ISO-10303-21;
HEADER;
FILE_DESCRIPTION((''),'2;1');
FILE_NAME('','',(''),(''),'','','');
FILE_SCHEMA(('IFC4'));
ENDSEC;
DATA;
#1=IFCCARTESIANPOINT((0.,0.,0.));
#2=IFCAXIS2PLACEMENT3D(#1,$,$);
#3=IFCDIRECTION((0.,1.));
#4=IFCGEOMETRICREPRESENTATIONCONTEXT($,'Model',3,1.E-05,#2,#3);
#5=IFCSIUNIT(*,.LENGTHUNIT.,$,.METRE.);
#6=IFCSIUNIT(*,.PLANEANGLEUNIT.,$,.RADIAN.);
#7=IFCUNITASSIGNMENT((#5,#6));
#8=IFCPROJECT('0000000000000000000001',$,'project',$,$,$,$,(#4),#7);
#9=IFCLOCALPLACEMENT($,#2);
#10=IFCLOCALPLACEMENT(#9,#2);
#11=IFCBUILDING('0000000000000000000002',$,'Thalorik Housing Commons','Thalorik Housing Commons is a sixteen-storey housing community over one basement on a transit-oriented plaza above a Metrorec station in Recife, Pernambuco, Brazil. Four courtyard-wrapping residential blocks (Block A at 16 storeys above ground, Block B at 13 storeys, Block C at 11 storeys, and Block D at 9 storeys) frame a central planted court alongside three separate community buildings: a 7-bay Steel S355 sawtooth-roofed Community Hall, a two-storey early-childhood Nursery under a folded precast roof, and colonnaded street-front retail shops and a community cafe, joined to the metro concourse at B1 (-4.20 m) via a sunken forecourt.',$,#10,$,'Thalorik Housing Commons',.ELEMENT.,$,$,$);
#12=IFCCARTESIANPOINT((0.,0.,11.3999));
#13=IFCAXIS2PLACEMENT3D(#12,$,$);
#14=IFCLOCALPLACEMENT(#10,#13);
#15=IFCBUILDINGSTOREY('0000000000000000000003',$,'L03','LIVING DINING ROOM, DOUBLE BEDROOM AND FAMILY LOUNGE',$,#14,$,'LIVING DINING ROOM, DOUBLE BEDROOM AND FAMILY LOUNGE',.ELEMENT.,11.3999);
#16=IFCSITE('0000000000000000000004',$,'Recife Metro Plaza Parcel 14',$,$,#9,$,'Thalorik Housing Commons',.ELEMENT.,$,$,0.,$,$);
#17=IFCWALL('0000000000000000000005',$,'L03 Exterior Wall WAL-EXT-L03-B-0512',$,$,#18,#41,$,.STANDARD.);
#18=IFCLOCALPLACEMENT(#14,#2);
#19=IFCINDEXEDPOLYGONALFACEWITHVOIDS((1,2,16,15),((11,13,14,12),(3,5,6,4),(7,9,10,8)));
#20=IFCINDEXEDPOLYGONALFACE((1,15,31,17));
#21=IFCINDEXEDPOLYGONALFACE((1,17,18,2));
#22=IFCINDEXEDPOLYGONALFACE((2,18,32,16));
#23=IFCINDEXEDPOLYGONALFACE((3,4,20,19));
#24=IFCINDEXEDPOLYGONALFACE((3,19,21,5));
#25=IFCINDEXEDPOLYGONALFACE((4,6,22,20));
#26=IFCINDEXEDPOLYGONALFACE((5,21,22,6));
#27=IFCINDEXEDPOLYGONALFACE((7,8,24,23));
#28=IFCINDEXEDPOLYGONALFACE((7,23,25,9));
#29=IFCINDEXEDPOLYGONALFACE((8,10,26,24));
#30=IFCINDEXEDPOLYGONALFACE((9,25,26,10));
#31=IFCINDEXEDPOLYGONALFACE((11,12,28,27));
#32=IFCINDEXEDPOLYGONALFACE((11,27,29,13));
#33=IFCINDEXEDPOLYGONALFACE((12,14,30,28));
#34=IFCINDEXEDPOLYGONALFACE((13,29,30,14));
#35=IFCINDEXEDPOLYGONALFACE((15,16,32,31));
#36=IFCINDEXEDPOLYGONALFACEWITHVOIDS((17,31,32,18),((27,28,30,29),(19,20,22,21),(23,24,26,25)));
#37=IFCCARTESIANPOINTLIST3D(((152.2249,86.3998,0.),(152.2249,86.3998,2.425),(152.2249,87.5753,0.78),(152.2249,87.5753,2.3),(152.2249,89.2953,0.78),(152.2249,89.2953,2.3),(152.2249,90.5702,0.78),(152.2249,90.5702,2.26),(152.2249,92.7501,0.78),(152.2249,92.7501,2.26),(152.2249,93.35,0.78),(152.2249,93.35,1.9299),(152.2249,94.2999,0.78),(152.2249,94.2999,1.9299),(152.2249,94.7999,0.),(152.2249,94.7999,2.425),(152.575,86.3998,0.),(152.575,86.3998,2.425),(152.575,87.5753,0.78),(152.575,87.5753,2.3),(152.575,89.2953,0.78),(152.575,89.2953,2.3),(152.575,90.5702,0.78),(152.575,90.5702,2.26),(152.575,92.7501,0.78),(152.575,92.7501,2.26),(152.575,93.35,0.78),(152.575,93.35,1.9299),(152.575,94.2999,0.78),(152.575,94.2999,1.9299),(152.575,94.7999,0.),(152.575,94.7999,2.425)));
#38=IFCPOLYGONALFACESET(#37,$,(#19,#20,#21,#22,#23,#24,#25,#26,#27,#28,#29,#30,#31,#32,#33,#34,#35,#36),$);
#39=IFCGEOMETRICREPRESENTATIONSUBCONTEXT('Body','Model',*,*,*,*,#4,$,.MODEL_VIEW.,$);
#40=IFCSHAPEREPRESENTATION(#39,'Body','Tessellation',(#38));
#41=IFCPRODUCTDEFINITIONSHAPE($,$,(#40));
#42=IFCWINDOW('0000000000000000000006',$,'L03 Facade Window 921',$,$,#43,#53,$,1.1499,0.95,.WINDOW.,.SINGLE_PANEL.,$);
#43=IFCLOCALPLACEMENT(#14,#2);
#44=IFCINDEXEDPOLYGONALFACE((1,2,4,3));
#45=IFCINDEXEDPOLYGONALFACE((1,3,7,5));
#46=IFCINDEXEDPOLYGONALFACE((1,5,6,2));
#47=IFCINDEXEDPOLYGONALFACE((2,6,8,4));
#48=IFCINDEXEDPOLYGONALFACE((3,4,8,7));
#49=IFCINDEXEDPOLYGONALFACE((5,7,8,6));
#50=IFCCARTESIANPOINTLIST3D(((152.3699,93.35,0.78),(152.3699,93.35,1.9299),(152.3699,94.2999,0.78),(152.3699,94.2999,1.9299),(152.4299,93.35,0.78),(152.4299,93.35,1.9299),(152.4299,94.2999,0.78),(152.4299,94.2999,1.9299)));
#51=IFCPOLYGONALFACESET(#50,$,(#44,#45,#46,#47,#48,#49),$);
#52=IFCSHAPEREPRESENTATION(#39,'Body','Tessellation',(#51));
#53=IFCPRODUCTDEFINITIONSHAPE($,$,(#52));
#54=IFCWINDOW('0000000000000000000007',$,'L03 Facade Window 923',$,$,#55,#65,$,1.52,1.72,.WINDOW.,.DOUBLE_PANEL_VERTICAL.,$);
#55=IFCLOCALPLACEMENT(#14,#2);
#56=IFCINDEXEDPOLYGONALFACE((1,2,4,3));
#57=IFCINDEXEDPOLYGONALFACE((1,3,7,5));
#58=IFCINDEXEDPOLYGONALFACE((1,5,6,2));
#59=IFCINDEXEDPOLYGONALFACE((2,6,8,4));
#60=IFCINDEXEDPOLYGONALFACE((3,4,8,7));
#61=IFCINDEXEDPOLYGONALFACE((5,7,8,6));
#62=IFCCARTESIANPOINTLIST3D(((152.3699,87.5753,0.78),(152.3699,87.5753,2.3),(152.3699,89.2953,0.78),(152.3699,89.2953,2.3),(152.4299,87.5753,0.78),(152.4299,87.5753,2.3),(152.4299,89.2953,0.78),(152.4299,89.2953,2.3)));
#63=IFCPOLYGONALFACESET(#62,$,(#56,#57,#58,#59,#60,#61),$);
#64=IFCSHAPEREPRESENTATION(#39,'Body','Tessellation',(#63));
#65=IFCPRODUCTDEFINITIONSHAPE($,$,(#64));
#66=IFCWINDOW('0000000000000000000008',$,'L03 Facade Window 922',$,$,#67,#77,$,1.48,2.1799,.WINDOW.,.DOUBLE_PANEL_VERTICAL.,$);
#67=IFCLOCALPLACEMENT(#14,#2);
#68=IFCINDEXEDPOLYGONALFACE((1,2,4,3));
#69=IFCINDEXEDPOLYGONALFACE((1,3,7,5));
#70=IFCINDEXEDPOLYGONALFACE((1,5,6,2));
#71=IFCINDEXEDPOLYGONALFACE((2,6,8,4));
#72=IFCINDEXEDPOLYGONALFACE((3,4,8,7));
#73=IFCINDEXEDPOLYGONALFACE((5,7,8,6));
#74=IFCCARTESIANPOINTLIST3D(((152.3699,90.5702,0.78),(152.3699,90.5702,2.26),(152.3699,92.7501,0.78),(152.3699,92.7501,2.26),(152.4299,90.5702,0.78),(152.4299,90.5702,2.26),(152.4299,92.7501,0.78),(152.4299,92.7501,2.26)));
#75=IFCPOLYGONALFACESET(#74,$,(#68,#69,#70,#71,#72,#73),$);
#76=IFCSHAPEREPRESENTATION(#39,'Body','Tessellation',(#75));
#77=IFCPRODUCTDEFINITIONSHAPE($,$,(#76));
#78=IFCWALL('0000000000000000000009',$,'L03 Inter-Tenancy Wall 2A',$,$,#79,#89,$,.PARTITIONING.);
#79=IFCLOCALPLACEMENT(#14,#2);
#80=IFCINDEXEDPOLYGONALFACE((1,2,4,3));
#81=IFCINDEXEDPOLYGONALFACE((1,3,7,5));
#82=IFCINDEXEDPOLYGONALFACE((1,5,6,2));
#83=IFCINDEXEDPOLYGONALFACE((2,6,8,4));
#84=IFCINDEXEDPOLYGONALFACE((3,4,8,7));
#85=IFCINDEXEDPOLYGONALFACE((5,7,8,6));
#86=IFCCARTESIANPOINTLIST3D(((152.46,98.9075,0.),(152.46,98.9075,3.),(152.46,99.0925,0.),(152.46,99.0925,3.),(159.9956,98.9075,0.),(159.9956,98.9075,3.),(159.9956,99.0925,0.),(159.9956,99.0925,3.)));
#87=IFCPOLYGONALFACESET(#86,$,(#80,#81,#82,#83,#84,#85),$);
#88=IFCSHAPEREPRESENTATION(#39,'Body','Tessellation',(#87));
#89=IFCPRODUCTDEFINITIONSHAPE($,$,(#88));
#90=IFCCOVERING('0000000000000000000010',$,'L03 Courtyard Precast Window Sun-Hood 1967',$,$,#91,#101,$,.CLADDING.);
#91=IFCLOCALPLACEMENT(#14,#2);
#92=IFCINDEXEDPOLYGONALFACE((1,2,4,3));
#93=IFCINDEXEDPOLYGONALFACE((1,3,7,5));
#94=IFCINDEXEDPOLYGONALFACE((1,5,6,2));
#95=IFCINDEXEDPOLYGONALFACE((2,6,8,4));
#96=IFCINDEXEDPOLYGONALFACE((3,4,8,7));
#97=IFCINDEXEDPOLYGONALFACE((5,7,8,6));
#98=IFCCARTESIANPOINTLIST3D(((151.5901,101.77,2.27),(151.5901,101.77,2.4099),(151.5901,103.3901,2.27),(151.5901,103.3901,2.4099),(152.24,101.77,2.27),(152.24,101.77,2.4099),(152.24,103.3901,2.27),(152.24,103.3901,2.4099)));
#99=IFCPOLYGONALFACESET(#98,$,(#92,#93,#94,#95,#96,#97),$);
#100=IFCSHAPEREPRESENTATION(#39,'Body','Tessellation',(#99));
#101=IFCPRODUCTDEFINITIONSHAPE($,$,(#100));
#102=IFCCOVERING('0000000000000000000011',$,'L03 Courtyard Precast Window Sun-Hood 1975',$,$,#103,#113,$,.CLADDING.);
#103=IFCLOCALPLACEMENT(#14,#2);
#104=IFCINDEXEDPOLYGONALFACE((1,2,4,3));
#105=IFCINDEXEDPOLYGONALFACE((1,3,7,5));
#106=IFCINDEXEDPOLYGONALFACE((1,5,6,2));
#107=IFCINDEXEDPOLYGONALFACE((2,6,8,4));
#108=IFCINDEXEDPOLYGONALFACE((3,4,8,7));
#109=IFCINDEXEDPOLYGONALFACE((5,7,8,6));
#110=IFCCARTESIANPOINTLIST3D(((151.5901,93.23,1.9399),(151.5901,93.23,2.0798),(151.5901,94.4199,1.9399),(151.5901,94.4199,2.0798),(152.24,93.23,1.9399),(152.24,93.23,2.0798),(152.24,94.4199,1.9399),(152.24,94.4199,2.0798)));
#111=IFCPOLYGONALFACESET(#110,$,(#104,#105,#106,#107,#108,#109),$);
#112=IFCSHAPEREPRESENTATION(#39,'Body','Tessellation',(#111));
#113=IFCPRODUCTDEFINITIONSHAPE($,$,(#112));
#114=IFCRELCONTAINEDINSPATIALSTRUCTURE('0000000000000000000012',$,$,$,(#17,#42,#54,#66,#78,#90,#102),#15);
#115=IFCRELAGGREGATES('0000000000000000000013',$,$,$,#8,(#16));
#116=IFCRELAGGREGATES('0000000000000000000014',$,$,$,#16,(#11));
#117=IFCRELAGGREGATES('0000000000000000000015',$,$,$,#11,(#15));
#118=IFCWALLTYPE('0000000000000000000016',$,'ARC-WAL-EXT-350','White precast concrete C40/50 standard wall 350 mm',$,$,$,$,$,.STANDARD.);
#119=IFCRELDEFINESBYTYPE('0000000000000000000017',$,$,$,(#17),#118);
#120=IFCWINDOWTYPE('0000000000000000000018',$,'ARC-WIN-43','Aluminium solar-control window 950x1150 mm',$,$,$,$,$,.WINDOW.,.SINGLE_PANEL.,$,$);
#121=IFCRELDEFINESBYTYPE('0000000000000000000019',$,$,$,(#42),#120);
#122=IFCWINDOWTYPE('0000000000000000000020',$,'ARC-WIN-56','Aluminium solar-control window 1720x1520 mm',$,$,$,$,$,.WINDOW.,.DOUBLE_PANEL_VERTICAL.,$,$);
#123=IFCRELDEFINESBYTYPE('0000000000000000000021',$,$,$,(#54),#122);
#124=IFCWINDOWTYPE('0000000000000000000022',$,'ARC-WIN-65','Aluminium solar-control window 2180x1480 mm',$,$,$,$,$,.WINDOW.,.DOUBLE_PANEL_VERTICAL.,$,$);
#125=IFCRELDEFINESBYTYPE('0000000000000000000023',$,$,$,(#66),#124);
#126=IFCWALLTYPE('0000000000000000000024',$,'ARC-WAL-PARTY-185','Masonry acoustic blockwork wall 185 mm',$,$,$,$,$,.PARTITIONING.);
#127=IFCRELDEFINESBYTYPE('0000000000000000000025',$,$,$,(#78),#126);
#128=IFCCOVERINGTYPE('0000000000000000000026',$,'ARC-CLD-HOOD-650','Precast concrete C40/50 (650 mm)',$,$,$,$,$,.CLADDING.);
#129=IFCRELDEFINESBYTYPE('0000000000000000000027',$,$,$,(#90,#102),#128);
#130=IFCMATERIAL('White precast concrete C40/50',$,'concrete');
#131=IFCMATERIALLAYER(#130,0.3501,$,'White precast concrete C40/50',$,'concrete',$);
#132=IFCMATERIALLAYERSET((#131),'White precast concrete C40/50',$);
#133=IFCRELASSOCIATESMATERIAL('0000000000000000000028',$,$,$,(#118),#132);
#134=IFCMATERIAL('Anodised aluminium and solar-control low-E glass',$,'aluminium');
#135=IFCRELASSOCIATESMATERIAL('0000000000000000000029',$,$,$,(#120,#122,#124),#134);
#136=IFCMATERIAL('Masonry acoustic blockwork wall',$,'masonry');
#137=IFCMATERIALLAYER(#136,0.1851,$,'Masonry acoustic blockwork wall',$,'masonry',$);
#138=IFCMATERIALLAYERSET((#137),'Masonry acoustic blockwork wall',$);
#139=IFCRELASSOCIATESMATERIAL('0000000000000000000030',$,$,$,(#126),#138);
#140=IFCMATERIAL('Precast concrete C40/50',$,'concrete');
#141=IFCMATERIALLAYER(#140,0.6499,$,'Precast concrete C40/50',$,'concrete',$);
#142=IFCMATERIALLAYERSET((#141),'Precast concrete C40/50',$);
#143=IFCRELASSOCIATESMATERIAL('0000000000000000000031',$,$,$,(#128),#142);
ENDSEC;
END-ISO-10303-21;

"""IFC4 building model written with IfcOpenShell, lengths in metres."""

from ifc_helpers import new_model, si_unit, direction, frame, frame_2d, origin, origin_2d, place, context, subcontext, project, spatial, rectangle, extrude, material, layer, layer_set, type_object, element, fill, save


model = new_model("IFC4")

# Units and contexts
model_context = context("Model", 3, precision=1e-05, world=origin(), true_north=direction((0.0, 1.0)))
body_context = subcontext(model_context, "Body", "Model", "MODEL_VIEW")
ifc_project = project(units=[si_unit("LENGTHUNIT", "METRE"), si_unit("PLANEANGLEUNIT", "RADIAN")], contexts=[model_context])

# Site, building, storey
site_placement = place(None, origin())
site = spatial("IfcSite", under=ifc_project, at=site_placement, Name="Recife Metro Plaza Parcel 14", LongName="Thalorik Housing Commons", CompositionType="ELEMENT", RefElevation=0.0)
building_placement = place(site_placement, origin())
building = spatial("IfcBuilding", under=site, at=building_placement, Name="Thalorik Housing Commons", Description="Thalorik Housing Commons is a sixteen-storey housing community over one basement on a transit-oriented plaza above a Metrorec station in Recife, Pernambuco, Brazil. Four courtyard-wrapping residential blocks (Block A at 16 storeys above ground, Block B at 13 storeys, Block C at 11 storeys, and Block D at 9 storeys) frame a central planted court alongside three separate community buildings: a 7-bay Steel S355 sawtooth-roofed Community Hall, a two-storey early-childhood Nursery under a folded precast roof, and colonnaded street-front retail shops and a community cafe, joined to the metro concourse at B1 (-4.20 m) via a sunken forecourt.", LongName="Thalorik Housing Commons", CompositionType="ELEMENT")
storey_placement = place(building_placement, frame((0.0, 0.0, 11.3999)))
storey = spatial("IfcBuildingStorey", under=building, at=storey_placement, Name="L03", Description="LIVING DINING ROOM, DOUBLE BEDROOM AND FAMILY LOUNGE", LongName="LIVING DINING ROOM, DOUBLE BEDROOM AND FAMILY LOUNGE", CompositionType="ELEMENT", Elevation=11.3999)

# Shared definitions
ifc_material_1 = material(Name="Precast concrete C40/50", Category="concrete")

# Shared definitions
ifc_material_2 = material(Name="Anodised aluminium and solar-control low-E glass", Category="aluminium")

# Shared definitions
ifc_material_3 = material(Name="White precast concrete C40/50", Category="concrete")
ifc_layer_1 = layer(ifc_material_3, 0.3501, Name="White precast concrete C40/50", Category="concrete")
ifc_layer_set_1 = layer_set([ifc_layer_1], Name="White precast concrete C40/50")
wall_type_1 = type_object("IfcWallType", Name="ARC-WAL-EXT-350", Description="White precast concrete C40/50 standard wall 350 mm", PredefinedType="STANDARD", material=ifc_layer_set_1)

# Wall, openings, windows
wall_1_placement = place(storey_placement, frame((152.3999, 94.8, 0.0), z_axis=(0.0, 0.0, 1.0), x_axis=(0.0, -1.0, 0.0)))
wall_1 = element("IfcWall", 1, at=wall_1_placement, inside=storey, type_object=wall_type_1, Name="L03 Exterior Wall WAL-EXT-L03-B-0512", PredefinedType="STANDARD", context=body_context, shape_type="SweptSolid", body=[
    extrude(rectangle(XDim=8.4001, YDim=0.3501, at=frame_2d((4.2002, 0.0))), origin(), (0.0, 0.0, 1.0), 2.425),
])
opening_1_placement = place(wall_1_placement, frame((0.5, 0.0, 0.78)))
opening_1 = element("IfcOpeningElement", 2, at=opening_1_placement, cuts=wall_1, PredefinedType="OPENING", context=body_context, shape_type="SweptSolid", body=[
    extrude(rectangle(XDim=0.95, YDim=1.1499, at=frame_2d((0.4751, 0.575))), frame((0.0, 0.1851, 0.0), z_axis=(0.0, -1.0, 0.0), x_axis=(1.0, 0.0, 0.0)), (0.0, 0.0, 1.0), 0.3701),
])
opening_2_placement = place(wall_1_placement, frame((2.05, 0.0, 0.78)))
opening_2 = element("IfcOpeningElement", 3, at=opening_2_placement, cuts=wall_1, PredefinedType="OPENING", context=body_context, shape_type="SweptSolid", body=[
    extrude(rectangle(XDim=2.1799, YDim=1.48, at=frame_2d((1.0898, 0.74))), frame((0.0, 0.1851, 0.0), z_axis=(0.0, -1.0, 0.0), x_axis=(1.0, 0.0, 0.0)), (0.0, 0.0, 1.0), 0.3701),
])
opening_3_placement = place(wall_1_placement, frame((5.5049, 0.0, 0.78)))
opening_3 = element("IfcOpeningElement", 4, at=opening_3_placement, cuts=wall_1, PredefinedType="OPENING", context=body_context, shape_type="SweptSolid", body=[
    extrude(rectangle(XDim=1.72, YDim=1.52, at=frame_2d((0.8599, 0.76))), frame((0.0, 0.1851, 0.0), z_axis=(0.0, -1.0, 0.0), x_axis=(1.0, 0.0, 0.0)), (0.0, 0.0, 1.0), 0.3701),
])
window_type_1 = type_object("IfcWindowType", Name="ARC-WIN-43", Description="Aluminium solar-control window 950x1150 mm", PartitioningType="SINGLE_PANEL", PredefinedType="WINDOW", material=ifc_material_2)
window_1_placement = place(opening_1_placement, origin())
window_1 = element("IfcWindow", 5, at=window_1_placement, inside=storey, type_object=window_type_1, Name="L03 Facade Window 921", OverallHeight=1.1499, OverallWidth=0.95, PartitioningType="SINGLE_PANEL", PredefinedType="WINDOW", context=body_context, shape_type="SweptSolid", body=[
    extrude(rectangle(XDim=0.95, YDim=1.1499, at=frame_2d((0.4751, 0.575))), frame((0.0, 0.03, 0.0), z_axis=(0.0, -1.0, 0.0), x_axis=(1.0, 0.0, 0.0)), (0.0, 0.0, 1.0), 0.0601),
])
fill(opening_1, window_1)
window_type_2 = type_object("IfcWindowType", Name="ARC-WIN-56", Description="Aluminium solar-control window 1720x1520 mm", PartitioningType="DOUBLE_PANEL_VERTICAL", PredefinedType="WINDOW", material=ifc_material_2)
window_2_placement = place(opening_3_placement, origin())
window_2 = element("IfcWindow", 6, at=window_2_placement, inside=storey, type_object=window_type_2, Name="L03 Facade Window 923", OverallHeight=1.52, OverallWidth=1.72, PartitioningType="DOUBLE_PANEL_VERTICAL", PredefinedType="WINDOW", context=body_context, shape_type="SweptSolid", body=[
    extrude(rectangle(XDim=1.72, YDim=1.52, at=frame_2d((0.8599, 0.76))), frame((0.0, 0.03, 0.0), z_axis=(0.0, -1.0, 0.0), x_axis=(1.0, 0.0, 0.0)), (0.0, 0.0, 1.0), 0.0601),
])
fill(opening_3, window_2)
window_type_3 = type_object("IfcWindowType", Name="ARC-WIN-65", Description="Aluminium solar-control window 2180x1480 mm", PartitioningType="DOUBLE_PANEL_VERTICAL", PredefinedType="WINDOW", material=ifc_material_2)
window_3_placement = place(opening_2_placement, origin())
window_3 = element("IfcWindow", 7, at=window_3_placement, inside=storey, type_object=window_type_3, Name="L03 Facade Window 922", OverallHeight=1.48, OverallWidth=2.1799, PartitioningType="DOUBLE_PANEL_VERTICAL", PredefinedType="WINDOW", context=body_context, shape_type="SweptSolid", body=[
    extrude(rectangle(XDim=2.1799, YDim=1.48, at=frame_2d((1.0898, 0.74))), frame((0.0, 0.03, 0.0), z_axis=(0.0, -1.0, 0.0), x_axis=(1.0, 0.0, 0.0)), (0.0, 0.0, 1.0), 0.0601),
])
fill(opening_2, window_3)

# Wall
ifc_material_4 = material(Name="Masonry acoustic blockwork wall", Category="masonry")
ifc_layer_2 = layer(ifc_material_4, 0.1851, Name="Masonry acoustic blockwork wall", Category="masonry")
ifc_layer_set_2 = layer_set([ifc_layer_2], Name="Masonry acoustic blockwork wall")
wall_type_2 = type_object("IfcWallType", Name="ARC-WAL-PARTY-185", Description="Masonry acoustic blockwork wall 185 mm", PredefinedType="PARTITIONING", material=ifc_layer_set_2)
wall_2_placement = place(storey_placement, frame((152.46, 99.0, 0.0), z_axis=(0.0, 0.0, 1.0), x_axis=(1.0, 0.0, 0.0)))
element("IfcWall", 8, at=wall_2_placement, inside=storey, type_object=wall_type_2, Name="L03 Inter-Tenancy Wall 2A", PredefinedType="PARTITIONING", context=body_context, shape_type="SweptSolid", body=[
    extrude(rectangle(XDim=7.5356, YDim=0.1851, at=frame_2d((3.7678, 0.0))), origin(), (0.0, 0.0, 1.0), 3.0),
])

# Coverings
ifc_layer_3 = layer(ifc_material_1, 0.6499, Name="Precast concrete C40/50", Category="concrete")
ifc_layer_set_3 = layer_set([ifc_layer_3], Name="Precast concrete C40/50")
covering_type = type_object("IfcCoveringType", Name="ARC-CLD-HOOD-650", Description="Precast concrete C40/50 (650 mm)", PredefinedType="CLADDING", material=ifc_layer_set_3)
covering_1_placement = place(storey_placement, frame((151.915, 102.5801, 2.27), z_axis=(0.0, 0.0, 1.0), x_axis=(0.0, -1.0, 0.0)))
element("IfcCovering", 9, at=covering_1_placement, inside=storey, type_object=covering_type, Name="L03 Courtyard Precast Window Sun-Hood 1967", PredefinedType="CLADDING", context=body_context, shape_type="SweptSolid", body=[
    extrude(rectangle(XDim=1.6201, YDim=0.6499, at=origin_2d()), origin(), (0.0, 0.0, 1.0), 0.1399),
])
covering_2_placement = place(storey_placement, frame((151.915, 93.825, 1.9399), z_axis=(0.0, 0.0, 1.0), x_axis=(0.0, -1.0, 0.0)))
element("IfcCovering", 10, at=covering_2_placement, inside=storey, type_object=covering_type, Name="L03 Courtyard Precast Window Sun-Hood 1975", PredefinedType="CLADDING", context=body_context, shape_type="SweptSolid", body=[
    extrude(rectangle(XDim=1.1899, YDim=0.6499, at=origin_2d()), origin(), (0.0, 0.0, 1.0), 0.1399),
])

save(model, "model.ifc")
